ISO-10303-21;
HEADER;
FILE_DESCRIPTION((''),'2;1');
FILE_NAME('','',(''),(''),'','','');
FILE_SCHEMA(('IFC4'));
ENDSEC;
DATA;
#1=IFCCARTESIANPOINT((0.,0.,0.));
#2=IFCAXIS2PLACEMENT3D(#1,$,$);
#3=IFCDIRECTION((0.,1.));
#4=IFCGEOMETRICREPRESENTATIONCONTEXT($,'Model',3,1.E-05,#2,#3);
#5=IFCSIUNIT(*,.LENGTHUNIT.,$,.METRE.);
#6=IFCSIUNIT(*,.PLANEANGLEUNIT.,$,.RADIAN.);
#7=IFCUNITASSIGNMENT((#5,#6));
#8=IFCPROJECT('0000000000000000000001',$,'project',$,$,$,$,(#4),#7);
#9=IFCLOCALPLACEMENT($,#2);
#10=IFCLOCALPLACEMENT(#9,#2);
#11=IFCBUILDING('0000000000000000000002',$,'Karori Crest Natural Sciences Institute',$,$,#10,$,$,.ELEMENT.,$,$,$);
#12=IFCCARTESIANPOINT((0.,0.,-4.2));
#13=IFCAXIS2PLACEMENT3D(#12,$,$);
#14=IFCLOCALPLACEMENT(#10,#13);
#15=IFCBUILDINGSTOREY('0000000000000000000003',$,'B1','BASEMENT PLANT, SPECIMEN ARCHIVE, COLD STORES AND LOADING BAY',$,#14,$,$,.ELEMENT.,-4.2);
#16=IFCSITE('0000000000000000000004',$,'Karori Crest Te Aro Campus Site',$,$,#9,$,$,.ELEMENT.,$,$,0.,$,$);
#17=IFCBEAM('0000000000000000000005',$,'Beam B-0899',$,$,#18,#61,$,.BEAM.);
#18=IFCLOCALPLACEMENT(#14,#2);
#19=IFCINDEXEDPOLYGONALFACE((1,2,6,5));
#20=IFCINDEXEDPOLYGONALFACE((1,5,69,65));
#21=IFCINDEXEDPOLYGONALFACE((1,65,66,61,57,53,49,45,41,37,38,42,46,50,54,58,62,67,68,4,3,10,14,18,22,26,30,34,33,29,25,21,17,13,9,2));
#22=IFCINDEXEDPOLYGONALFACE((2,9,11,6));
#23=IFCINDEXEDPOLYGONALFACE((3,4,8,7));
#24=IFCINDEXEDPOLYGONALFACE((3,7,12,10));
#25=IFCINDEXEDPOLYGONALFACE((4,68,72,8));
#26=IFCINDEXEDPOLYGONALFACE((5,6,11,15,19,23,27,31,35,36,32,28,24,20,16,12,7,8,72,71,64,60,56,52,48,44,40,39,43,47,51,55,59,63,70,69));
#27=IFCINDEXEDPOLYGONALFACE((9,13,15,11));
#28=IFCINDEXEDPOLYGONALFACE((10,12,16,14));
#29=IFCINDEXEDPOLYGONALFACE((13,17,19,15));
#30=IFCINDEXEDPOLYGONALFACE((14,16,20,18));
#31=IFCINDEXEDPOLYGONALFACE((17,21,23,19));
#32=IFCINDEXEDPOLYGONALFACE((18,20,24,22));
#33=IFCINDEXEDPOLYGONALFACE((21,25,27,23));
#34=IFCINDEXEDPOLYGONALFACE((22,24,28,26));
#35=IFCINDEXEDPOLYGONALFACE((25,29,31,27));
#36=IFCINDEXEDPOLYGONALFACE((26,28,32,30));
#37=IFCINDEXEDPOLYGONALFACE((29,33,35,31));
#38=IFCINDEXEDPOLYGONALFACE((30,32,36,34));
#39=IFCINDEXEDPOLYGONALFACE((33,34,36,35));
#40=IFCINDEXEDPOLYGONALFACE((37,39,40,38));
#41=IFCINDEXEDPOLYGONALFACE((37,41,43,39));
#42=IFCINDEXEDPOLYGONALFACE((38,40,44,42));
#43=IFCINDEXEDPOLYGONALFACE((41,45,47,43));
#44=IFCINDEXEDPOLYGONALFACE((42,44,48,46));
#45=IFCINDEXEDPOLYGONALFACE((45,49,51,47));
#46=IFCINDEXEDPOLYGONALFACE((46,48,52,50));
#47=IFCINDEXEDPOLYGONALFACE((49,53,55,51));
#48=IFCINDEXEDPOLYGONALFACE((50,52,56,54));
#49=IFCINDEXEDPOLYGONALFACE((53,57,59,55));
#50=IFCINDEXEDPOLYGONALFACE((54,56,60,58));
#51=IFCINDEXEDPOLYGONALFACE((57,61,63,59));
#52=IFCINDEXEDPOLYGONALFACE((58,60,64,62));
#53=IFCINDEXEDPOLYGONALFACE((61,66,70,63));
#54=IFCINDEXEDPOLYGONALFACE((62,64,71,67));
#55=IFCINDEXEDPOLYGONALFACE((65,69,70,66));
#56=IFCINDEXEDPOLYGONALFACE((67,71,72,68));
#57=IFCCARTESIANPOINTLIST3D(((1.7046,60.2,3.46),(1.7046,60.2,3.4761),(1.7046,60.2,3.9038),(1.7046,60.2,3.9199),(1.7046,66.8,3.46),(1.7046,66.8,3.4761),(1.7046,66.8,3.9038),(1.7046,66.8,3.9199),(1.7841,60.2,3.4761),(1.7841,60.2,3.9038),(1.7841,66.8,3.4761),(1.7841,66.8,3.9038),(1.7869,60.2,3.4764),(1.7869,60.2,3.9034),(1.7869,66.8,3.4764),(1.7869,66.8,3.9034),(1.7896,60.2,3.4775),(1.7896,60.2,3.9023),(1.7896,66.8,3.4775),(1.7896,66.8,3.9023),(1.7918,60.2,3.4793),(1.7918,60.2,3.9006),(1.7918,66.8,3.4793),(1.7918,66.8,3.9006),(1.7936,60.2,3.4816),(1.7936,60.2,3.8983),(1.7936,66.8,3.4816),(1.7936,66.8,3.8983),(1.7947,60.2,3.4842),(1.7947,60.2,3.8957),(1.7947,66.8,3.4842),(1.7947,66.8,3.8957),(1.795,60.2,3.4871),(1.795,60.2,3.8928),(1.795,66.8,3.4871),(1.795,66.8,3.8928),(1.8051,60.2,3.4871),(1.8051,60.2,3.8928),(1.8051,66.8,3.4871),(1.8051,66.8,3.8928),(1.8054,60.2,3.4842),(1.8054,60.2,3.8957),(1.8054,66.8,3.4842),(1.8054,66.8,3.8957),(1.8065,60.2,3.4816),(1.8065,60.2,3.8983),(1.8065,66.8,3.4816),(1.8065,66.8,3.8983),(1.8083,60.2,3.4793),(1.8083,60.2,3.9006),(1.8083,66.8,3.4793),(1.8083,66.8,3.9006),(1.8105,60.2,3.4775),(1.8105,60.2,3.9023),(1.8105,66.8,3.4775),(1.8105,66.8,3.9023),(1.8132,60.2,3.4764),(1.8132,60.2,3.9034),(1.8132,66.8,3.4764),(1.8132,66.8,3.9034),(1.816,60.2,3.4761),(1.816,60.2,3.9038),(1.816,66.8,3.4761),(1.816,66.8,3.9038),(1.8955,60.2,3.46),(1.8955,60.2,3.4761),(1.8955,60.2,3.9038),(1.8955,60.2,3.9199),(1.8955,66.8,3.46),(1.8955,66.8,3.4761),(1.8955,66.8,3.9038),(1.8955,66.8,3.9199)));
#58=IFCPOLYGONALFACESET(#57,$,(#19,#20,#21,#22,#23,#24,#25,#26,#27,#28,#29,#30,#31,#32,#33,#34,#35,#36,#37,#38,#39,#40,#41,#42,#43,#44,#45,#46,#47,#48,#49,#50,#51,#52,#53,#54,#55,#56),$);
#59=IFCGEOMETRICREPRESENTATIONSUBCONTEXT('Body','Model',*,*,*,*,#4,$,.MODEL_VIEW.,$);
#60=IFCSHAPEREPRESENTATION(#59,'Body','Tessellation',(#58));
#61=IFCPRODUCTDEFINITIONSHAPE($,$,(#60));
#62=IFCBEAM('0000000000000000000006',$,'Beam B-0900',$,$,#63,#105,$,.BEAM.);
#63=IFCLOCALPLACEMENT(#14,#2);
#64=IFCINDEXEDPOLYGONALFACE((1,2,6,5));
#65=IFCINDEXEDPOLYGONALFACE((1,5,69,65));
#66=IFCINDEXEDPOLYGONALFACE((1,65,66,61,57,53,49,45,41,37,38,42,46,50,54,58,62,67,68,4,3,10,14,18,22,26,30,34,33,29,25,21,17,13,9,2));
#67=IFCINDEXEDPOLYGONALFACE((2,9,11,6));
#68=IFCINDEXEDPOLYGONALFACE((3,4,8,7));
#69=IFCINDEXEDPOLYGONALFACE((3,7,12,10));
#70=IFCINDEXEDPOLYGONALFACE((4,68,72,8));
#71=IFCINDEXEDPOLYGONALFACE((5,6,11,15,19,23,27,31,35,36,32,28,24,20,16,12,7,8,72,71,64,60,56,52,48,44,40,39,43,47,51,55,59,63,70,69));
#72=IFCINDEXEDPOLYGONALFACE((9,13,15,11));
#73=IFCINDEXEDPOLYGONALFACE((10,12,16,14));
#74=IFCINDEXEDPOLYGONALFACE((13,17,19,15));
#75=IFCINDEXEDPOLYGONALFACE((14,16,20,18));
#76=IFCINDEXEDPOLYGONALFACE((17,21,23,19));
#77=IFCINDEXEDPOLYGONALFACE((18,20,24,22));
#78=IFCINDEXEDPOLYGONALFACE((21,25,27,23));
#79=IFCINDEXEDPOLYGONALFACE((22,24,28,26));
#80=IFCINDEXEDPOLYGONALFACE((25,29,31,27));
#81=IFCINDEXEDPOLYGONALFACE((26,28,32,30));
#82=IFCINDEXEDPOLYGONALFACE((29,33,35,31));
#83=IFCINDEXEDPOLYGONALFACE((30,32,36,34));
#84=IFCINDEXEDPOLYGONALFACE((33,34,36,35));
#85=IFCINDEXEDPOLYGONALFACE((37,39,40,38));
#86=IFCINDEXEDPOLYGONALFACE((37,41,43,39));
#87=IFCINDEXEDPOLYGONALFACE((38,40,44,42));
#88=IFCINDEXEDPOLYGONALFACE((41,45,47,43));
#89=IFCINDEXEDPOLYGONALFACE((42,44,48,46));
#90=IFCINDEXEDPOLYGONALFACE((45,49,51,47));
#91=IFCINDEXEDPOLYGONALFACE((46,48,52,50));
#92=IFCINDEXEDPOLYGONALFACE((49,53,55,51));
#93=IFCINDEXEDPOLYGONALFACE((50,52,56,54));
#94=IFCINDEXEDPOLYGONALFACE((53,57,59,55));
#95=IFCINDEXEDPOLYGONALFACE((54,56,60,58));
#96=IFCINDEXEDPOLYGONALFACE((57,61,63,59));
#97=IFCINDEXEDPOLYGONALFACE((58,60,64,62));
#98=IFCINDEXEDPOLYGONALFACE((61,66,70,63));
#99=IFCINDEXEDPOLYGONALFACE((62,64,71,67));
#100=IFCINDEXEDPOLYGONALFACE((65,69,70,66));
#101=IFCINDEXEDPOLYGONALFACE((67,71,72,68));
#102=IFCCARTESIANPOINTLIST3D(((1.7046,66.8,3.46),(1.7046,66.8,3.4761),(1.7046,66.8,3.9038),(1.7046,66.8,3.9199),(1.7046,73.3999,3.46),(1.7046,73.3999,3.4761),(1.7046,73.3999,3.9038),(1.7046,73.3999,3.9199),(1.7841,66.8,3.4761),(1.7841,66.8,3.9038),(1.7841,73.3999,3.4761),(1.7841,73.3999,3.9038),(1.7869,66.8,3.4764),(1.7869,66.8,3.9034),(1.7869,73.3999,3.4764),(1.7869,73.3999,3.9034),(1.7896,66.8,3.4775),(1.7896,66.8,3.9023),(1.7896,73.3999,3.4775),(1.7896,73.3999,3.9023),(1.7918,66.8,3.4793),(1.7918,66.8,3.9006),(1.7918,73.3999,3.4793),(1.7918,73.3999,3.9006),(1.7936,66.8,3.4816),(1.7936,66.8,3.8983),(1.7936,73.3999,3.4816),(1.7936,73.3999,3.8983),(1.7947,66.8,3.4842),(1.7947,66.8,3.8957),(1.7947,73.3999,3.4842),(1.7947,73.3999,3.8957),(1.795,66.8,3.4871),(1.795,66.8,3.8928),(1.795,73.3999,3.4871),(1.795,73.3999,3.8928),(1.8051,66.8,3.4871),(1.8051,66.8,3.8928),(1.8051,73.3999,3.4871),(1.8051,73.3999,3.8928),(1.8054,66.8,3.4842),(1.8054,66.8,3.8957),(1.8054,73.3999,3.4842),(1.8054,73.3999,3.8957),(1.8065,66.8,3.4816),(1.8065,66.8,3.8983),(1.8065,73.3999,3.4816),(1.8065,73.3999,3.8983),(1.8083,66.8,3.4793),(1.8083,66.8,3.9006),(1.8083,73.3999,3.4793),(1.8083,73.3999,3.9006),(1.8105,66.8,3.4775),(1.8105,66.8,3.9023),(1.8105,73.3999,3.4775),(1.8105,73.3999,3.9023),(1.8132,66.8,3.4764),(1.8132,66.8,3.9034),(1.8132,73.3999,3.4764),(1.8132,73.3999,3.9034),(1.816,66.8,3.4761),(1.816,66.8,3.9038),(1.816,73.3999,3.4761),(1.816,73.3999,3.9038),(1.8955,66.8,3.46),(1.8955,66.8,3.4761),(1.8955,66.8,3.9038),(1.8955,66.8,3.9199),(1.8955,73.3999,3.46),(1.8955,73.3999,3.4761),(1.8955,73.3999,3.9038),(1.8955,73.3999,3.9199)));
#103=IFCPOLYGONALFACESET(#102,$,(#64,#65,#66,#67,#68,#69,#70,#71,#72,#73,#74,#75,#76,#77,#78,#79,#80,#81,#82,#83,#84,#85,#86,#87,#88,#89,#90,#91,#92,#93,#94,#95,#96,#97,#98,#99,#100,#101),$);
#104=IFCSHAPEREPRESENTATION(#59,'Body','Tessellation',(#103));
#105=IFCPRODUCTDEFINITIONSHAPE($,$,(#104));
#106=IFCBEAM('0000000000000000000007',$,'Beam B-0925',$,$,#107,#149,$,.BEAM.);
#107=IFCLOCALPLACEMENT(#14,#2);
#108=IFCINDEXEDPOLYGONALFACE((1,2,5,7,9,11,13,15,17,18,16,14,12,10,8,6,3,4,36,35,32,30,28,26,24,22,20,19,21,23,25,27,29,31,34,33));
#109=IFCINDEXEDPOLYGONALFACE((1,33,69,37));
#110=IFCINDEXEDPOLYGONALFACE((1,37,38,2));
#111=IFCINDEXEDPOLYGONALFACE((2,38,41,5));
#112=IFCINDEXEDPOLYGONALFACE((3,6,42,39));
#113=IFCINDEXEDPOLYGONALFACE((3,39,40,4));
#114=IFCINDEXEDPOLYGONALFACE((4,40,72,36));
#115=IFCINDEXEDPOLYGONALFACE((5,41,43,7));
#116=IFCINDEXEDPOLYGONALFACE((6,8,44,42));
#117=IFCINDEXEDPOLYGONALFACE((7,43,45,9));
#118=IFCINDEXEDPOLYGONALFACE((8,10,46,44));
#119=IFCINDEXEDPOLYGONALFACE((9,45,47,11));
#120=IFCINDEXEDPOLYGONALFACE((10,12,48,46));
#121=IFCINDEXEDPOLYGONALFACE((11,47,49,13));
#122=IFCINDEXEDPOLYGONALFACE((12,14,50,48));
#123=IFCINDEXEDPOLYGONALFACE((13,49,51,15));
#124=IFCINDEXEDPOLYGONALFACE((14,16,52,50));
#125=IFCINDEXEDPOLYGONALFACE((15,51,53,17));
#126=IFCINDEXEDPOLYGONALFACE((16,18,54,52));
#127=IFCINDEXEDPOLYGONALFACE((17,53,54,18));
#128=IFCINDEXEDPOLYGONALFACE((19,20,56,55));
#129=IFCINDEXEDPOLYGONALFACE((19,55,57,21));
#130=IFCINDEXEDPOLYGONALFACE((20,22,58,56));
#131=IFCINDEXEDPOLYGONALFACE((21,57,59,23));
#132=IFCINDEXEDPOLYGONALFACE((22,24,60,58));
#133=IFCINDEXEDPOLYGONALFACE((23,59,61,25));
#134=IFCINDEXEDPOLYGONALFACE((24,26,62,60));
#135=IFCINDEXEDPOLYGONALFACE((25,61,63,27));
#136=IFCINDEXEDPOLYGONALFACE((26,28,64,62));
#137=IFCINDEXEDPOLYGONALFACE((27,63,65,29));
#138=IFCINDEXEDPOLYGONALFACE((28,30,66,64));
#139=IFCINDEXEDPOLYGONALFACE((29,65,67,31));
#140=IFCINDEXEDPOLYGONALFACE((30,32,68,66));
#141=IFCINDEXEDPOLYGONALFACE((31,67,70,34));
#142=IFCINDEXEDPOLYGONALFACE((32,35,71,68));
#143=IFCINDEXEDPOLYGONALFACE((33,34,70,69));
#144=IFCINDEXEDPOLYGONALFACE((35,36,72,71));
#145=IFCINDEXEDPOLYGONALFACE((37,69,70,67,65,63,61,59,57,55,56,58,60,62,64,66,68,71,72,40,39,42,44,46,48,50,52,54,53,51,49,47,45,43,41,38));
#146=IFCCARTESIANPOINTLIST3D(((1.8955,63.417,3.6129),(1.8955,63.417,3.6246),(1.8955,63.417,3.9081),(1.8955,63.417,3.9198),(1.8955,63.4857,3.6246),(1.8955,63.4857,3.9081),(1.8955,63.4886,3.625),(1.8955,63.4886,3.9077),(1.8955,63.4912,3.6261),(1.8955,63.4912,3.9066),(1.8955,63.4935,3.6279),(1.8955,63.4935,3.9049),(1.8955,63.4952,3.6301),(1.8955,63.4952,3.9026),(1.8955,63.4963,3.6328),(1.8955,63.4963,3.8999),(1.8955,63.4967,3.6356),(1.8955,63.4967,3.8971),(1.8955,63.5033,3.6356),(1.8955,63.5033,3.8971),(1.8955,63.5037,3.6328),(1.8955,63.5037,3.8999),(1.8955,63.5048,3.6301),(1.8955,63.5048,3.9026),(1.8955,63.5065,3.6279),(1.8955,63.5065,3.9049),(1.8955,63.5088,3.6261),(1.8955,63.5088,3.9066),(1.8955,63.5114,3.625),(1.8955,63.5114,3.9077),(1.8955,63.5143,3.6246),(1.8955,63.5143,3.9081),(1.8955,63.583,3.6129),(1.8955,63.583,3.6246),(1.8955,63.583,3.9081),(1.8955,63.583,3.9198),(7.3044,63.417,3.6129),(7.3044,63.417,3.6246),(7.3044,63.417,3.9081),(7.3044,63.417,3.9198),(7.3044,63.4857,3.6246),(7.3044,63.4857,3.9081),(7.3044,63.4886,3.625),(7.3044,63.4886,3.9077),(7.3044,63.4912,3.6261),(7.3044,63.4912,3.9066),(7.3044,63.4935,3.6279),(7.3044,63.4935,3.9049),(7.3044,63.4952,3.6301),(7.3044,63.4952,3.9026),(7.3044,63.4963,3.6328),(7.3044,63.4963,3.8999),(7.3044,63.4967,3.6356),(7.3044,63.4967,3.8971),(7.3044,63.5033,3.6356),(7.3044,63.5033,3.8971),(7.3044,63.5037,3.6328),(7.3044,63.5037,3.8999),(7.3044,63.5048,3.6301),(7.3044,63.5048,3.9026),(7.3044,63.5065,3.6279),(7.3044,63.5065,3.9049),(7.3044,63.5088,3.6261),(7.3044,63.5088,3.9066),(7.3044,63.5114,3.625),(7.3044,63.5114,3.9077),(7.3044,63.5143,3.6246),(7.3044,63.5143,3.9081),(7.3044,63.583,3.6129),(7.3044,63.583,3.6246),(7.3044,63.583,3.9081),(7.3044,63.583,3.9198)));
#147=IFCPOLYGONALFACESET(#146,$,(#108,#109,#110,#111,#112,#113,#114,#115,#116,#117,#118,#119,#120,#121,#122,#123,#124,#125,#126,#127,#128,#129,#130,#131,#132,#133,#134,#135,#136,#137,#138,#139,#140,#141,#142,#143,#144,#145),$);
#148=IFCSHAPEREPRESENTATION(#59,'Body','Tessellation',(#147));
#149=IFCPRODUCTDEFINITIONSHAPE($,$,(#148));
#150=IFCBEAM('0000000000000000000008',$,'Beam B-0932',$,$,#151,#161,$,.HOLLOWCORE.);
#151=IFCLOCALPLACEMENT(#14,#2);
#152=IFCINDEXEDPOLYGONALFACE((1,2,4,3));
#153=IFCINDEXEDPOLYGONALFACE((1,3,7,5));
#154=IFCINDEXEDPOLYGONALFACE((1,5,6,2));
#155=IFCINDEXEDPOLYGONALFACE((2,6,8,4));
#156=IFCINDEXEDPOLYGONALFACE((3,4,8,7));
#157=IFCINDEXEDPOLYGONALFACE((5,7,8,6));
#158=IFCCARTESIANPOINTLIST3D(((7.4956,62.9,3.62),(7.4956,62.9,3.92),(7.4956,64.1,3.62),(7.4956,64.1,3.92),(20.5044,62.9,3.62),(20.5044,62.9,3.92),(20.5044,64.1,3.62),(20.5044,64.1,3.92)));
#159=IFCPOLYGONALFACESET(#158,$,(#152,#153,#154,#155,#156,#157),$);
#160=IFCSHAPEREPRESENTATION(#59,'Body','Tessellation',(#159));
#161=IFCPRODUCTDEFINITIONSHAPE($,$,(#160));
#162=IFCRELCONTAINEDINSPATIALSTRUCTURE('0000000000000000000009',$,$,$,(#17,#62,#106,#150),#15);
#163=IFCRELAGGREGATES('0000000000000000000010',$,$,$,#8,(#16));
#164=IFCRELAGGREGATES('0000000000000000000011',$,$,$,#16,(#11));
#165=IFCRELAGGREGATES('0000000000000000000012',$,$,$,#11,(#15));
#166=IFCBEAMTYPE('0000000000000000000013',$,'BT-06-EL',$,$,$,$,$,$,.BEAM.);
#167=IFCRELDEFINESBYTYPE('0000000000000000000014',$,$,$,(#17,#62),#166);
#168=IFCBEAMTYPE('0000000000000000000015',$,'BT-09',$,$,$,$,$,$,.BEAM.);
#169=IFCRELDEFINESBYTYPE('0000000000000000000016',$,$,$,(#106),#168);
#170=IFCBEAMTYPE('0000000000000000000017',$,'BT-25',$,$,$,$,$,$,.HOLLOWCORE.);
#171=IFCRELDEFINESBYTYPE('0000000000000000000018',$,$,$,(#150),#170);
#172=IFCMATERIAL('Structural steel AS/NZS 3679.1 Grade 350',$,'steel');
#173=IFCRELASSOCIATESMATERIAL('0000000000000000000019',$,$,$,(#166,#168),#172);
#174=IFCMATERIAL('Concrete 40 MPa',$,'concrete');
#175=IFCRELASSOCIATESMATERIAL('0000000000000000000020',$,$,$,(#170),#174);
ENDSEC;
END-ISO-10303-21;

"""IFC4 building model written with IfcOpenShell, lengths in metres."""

from ifc_helpers import new_model, si_unit, direction, frame, origin, origin_2d, place, context, subcontext, project, spatial, rectangle, i_section, extrude, material, material_profile, profile_set, type_object, element, save


model = new_model("IFC4")

# Units and contexts
model_context = context("Model", 3, precision=1e-05, world=origin(), true_north=direction((0.0, 1.0)))
body_context = subcontext(model_context, "Body", "Model", "MODEL_VIEW")
ifc_project = project(units=[si_unit("LENGTHUNIT", "METRE"), si_unit("PLANEANGLEUNIT", "RADIAN")], contexts=[model_context])

# Site, building, storey
site_placement = place(None, origin())
site = spatial("IfcSite", under=ifc_project, at=site_placement, Name="Karori Crest Te Aro Campus Site", CompositionType="ELEMENT", RefElevation=0.0)
building_placement = place(site_placement, origin())
building = spatial("IfcBuilding", under=site, at=building_placement, Name="Karori Crest Natural Sciences Institute", CompositionType="ELEMENT")
storey_placement = place(building_placement, frame((0.0, 0.0, -4.2)))
storey = spatial("IfcBuildingStorey", under=building, at=storey_placement, Name="B1", Description="BASEMENT PLANT, SPECIMEN ARCHIVE, COLD STORES AND LOADING BAY", CompositionType="ELEMENT", Elevation=-4.2)

# Shared definitions
ifc_material_1 = material(Name="Concrete 40 MPa", Category="concrete")

# Shared definitions
ifc_material_2 = material(Name="Structural steel AS/NZS 3679.1 Grade 350", Category="steel")

# Beams
ifc_material_profile_1 = material_profile(ifc_material_2, i_section(OverallWidth=0.1909, OverallDepth=0.46, WebThickness=0.01, FlangeThickness=0.0161, FilletRadius=0.011, at=origin_2d()), Name="460UB82.1")
ifc_profile_set_1 = profile_set([ifc_material_profile_1], Name="Structural steel AS/NZS 3679.1 Grade 350")
beam_type_1 = type_object("IfcBeamType", Name="BT-06-EL", PredefinedType="BEAM", material=ifc_profile_set_1)
beam_1_placement = place(storey_placement, frame((1.8, 60.2, 3.6899), z_axis=(0.0, 1.0, 0.0), x_axis=(-1.0, 0.0, 0.0)))
element("IfcBeam", 1, at=beam_1_placement, inside=storey, type_object=beam_type_1, Name="Beam B-0899", PredefinedType="BEAM", context=body_context, shape_type="SweptSolid", body=[
    extrude(i_section(OverallWidth=0.1909, OverallDepth=0.46, WebThickness=0.01, FlangeThickness=0.0161, FilletRadius=0.011, at=origin_2d()), origin(), (0.0, 0.0, 1.0), 6.6001),
])
beam_2_placement = place(storey_placement, frame((1.8, 66.8, 3.6899), z_axis=(0.0, 1.0, 0.0), x_axis=(-1.0, 0.0, 0.0)))
element("IfcBeam", 2, at=beam_2_placement, inside=storey, type_object=beam_type_1, Name="Beam B-0900", PredefinedType="BEAM", context=body_context, shape_type="SweptSolid", body=[
    extrude(i_section(OverallWidth=0.1909, OverallDepth=0.46, WebThickness=0.01, FlangeThickness=0.0161, FilletRadius=0.011, at=origin_2d()), origin(), (0.0, 0.0, 1.0), 6.5999),
])
ifc_material_profile_2 = material_profile(ifc_material_2, i_section(OverallWidth=0.166, OverallDepth=0.3069, WebThickness=0.0066, FlangeThickness=0.0117, FilletRadius=0.011, at=origin_2d()), Name="310UB46.2")
ifc_profile_set_2 = profile_set([ifc_material_profile_2], Name="Structural steel AS/NZS 3679.1 Grade 350")
beam_type_2 = type_object("IfcBeamType", Name="BT-09", PredefinedType="BEAM", material=ifc_profile_set_2)
beam_3_placement = place(storey_placement, frame((1.8955, 63.5, 3.7664), z_axis=(1.0, 0.0, 0.0), x_axis=(0.0, 1.0, 0.0)))
element("IfcBeam", 3, at=beam_3_placement, inside=storey, type_object=beam_type_2, Name="Beam B-0925", PredefinedType="BEAM", context=body_context, shape_type="SweptSolid", body=[
    extrude(i_section(OverallWidth=0.166, OverallDepth=0.3069, WebThickness=0.0066, FlangeThickness=0.0117, FilletRadius=0.011, at=origin_2d()), origin(), (0.0, 0.0, 1.0), 5.4089),
])
ifc_material_profile_3 = material_profile(ifc_material_1, rectangle(XDim=1.2, YDim=0.3, at=origin_2d()), Name="HCP1200x300")
ifc_profile_set_3 = profile_set([ifc_material_profile_3], Name="Concrete 40 MPa")
beam_type_3 = type_object("IfcBeamType", Name="BT-25", PredefinedType="HOLLOWCORE", material=ifc_profile_set_3)
beam_4_placement = place(storey_placement, frame((7.4956, 63.5, 3.77), z_axis=(1.0, 0.0, 0.0), x_axis=(0.0, 1.0, 0.0)))
element("IfcBeam", 4, at=beam_4_placement, inside=storey, type_object=beam_type_3, Name="Beam B-0932", PredefinedType="HOLLOWCORE", context=body_context, shape_type="SweptSolid", body=[
    extrude(rectangle(XDim=1.2, YDim=0.3, at=origin_2d()), origin(), (0.0, 0.0, 1.0), 13.0088),
])

save(model, "model.ifc")
